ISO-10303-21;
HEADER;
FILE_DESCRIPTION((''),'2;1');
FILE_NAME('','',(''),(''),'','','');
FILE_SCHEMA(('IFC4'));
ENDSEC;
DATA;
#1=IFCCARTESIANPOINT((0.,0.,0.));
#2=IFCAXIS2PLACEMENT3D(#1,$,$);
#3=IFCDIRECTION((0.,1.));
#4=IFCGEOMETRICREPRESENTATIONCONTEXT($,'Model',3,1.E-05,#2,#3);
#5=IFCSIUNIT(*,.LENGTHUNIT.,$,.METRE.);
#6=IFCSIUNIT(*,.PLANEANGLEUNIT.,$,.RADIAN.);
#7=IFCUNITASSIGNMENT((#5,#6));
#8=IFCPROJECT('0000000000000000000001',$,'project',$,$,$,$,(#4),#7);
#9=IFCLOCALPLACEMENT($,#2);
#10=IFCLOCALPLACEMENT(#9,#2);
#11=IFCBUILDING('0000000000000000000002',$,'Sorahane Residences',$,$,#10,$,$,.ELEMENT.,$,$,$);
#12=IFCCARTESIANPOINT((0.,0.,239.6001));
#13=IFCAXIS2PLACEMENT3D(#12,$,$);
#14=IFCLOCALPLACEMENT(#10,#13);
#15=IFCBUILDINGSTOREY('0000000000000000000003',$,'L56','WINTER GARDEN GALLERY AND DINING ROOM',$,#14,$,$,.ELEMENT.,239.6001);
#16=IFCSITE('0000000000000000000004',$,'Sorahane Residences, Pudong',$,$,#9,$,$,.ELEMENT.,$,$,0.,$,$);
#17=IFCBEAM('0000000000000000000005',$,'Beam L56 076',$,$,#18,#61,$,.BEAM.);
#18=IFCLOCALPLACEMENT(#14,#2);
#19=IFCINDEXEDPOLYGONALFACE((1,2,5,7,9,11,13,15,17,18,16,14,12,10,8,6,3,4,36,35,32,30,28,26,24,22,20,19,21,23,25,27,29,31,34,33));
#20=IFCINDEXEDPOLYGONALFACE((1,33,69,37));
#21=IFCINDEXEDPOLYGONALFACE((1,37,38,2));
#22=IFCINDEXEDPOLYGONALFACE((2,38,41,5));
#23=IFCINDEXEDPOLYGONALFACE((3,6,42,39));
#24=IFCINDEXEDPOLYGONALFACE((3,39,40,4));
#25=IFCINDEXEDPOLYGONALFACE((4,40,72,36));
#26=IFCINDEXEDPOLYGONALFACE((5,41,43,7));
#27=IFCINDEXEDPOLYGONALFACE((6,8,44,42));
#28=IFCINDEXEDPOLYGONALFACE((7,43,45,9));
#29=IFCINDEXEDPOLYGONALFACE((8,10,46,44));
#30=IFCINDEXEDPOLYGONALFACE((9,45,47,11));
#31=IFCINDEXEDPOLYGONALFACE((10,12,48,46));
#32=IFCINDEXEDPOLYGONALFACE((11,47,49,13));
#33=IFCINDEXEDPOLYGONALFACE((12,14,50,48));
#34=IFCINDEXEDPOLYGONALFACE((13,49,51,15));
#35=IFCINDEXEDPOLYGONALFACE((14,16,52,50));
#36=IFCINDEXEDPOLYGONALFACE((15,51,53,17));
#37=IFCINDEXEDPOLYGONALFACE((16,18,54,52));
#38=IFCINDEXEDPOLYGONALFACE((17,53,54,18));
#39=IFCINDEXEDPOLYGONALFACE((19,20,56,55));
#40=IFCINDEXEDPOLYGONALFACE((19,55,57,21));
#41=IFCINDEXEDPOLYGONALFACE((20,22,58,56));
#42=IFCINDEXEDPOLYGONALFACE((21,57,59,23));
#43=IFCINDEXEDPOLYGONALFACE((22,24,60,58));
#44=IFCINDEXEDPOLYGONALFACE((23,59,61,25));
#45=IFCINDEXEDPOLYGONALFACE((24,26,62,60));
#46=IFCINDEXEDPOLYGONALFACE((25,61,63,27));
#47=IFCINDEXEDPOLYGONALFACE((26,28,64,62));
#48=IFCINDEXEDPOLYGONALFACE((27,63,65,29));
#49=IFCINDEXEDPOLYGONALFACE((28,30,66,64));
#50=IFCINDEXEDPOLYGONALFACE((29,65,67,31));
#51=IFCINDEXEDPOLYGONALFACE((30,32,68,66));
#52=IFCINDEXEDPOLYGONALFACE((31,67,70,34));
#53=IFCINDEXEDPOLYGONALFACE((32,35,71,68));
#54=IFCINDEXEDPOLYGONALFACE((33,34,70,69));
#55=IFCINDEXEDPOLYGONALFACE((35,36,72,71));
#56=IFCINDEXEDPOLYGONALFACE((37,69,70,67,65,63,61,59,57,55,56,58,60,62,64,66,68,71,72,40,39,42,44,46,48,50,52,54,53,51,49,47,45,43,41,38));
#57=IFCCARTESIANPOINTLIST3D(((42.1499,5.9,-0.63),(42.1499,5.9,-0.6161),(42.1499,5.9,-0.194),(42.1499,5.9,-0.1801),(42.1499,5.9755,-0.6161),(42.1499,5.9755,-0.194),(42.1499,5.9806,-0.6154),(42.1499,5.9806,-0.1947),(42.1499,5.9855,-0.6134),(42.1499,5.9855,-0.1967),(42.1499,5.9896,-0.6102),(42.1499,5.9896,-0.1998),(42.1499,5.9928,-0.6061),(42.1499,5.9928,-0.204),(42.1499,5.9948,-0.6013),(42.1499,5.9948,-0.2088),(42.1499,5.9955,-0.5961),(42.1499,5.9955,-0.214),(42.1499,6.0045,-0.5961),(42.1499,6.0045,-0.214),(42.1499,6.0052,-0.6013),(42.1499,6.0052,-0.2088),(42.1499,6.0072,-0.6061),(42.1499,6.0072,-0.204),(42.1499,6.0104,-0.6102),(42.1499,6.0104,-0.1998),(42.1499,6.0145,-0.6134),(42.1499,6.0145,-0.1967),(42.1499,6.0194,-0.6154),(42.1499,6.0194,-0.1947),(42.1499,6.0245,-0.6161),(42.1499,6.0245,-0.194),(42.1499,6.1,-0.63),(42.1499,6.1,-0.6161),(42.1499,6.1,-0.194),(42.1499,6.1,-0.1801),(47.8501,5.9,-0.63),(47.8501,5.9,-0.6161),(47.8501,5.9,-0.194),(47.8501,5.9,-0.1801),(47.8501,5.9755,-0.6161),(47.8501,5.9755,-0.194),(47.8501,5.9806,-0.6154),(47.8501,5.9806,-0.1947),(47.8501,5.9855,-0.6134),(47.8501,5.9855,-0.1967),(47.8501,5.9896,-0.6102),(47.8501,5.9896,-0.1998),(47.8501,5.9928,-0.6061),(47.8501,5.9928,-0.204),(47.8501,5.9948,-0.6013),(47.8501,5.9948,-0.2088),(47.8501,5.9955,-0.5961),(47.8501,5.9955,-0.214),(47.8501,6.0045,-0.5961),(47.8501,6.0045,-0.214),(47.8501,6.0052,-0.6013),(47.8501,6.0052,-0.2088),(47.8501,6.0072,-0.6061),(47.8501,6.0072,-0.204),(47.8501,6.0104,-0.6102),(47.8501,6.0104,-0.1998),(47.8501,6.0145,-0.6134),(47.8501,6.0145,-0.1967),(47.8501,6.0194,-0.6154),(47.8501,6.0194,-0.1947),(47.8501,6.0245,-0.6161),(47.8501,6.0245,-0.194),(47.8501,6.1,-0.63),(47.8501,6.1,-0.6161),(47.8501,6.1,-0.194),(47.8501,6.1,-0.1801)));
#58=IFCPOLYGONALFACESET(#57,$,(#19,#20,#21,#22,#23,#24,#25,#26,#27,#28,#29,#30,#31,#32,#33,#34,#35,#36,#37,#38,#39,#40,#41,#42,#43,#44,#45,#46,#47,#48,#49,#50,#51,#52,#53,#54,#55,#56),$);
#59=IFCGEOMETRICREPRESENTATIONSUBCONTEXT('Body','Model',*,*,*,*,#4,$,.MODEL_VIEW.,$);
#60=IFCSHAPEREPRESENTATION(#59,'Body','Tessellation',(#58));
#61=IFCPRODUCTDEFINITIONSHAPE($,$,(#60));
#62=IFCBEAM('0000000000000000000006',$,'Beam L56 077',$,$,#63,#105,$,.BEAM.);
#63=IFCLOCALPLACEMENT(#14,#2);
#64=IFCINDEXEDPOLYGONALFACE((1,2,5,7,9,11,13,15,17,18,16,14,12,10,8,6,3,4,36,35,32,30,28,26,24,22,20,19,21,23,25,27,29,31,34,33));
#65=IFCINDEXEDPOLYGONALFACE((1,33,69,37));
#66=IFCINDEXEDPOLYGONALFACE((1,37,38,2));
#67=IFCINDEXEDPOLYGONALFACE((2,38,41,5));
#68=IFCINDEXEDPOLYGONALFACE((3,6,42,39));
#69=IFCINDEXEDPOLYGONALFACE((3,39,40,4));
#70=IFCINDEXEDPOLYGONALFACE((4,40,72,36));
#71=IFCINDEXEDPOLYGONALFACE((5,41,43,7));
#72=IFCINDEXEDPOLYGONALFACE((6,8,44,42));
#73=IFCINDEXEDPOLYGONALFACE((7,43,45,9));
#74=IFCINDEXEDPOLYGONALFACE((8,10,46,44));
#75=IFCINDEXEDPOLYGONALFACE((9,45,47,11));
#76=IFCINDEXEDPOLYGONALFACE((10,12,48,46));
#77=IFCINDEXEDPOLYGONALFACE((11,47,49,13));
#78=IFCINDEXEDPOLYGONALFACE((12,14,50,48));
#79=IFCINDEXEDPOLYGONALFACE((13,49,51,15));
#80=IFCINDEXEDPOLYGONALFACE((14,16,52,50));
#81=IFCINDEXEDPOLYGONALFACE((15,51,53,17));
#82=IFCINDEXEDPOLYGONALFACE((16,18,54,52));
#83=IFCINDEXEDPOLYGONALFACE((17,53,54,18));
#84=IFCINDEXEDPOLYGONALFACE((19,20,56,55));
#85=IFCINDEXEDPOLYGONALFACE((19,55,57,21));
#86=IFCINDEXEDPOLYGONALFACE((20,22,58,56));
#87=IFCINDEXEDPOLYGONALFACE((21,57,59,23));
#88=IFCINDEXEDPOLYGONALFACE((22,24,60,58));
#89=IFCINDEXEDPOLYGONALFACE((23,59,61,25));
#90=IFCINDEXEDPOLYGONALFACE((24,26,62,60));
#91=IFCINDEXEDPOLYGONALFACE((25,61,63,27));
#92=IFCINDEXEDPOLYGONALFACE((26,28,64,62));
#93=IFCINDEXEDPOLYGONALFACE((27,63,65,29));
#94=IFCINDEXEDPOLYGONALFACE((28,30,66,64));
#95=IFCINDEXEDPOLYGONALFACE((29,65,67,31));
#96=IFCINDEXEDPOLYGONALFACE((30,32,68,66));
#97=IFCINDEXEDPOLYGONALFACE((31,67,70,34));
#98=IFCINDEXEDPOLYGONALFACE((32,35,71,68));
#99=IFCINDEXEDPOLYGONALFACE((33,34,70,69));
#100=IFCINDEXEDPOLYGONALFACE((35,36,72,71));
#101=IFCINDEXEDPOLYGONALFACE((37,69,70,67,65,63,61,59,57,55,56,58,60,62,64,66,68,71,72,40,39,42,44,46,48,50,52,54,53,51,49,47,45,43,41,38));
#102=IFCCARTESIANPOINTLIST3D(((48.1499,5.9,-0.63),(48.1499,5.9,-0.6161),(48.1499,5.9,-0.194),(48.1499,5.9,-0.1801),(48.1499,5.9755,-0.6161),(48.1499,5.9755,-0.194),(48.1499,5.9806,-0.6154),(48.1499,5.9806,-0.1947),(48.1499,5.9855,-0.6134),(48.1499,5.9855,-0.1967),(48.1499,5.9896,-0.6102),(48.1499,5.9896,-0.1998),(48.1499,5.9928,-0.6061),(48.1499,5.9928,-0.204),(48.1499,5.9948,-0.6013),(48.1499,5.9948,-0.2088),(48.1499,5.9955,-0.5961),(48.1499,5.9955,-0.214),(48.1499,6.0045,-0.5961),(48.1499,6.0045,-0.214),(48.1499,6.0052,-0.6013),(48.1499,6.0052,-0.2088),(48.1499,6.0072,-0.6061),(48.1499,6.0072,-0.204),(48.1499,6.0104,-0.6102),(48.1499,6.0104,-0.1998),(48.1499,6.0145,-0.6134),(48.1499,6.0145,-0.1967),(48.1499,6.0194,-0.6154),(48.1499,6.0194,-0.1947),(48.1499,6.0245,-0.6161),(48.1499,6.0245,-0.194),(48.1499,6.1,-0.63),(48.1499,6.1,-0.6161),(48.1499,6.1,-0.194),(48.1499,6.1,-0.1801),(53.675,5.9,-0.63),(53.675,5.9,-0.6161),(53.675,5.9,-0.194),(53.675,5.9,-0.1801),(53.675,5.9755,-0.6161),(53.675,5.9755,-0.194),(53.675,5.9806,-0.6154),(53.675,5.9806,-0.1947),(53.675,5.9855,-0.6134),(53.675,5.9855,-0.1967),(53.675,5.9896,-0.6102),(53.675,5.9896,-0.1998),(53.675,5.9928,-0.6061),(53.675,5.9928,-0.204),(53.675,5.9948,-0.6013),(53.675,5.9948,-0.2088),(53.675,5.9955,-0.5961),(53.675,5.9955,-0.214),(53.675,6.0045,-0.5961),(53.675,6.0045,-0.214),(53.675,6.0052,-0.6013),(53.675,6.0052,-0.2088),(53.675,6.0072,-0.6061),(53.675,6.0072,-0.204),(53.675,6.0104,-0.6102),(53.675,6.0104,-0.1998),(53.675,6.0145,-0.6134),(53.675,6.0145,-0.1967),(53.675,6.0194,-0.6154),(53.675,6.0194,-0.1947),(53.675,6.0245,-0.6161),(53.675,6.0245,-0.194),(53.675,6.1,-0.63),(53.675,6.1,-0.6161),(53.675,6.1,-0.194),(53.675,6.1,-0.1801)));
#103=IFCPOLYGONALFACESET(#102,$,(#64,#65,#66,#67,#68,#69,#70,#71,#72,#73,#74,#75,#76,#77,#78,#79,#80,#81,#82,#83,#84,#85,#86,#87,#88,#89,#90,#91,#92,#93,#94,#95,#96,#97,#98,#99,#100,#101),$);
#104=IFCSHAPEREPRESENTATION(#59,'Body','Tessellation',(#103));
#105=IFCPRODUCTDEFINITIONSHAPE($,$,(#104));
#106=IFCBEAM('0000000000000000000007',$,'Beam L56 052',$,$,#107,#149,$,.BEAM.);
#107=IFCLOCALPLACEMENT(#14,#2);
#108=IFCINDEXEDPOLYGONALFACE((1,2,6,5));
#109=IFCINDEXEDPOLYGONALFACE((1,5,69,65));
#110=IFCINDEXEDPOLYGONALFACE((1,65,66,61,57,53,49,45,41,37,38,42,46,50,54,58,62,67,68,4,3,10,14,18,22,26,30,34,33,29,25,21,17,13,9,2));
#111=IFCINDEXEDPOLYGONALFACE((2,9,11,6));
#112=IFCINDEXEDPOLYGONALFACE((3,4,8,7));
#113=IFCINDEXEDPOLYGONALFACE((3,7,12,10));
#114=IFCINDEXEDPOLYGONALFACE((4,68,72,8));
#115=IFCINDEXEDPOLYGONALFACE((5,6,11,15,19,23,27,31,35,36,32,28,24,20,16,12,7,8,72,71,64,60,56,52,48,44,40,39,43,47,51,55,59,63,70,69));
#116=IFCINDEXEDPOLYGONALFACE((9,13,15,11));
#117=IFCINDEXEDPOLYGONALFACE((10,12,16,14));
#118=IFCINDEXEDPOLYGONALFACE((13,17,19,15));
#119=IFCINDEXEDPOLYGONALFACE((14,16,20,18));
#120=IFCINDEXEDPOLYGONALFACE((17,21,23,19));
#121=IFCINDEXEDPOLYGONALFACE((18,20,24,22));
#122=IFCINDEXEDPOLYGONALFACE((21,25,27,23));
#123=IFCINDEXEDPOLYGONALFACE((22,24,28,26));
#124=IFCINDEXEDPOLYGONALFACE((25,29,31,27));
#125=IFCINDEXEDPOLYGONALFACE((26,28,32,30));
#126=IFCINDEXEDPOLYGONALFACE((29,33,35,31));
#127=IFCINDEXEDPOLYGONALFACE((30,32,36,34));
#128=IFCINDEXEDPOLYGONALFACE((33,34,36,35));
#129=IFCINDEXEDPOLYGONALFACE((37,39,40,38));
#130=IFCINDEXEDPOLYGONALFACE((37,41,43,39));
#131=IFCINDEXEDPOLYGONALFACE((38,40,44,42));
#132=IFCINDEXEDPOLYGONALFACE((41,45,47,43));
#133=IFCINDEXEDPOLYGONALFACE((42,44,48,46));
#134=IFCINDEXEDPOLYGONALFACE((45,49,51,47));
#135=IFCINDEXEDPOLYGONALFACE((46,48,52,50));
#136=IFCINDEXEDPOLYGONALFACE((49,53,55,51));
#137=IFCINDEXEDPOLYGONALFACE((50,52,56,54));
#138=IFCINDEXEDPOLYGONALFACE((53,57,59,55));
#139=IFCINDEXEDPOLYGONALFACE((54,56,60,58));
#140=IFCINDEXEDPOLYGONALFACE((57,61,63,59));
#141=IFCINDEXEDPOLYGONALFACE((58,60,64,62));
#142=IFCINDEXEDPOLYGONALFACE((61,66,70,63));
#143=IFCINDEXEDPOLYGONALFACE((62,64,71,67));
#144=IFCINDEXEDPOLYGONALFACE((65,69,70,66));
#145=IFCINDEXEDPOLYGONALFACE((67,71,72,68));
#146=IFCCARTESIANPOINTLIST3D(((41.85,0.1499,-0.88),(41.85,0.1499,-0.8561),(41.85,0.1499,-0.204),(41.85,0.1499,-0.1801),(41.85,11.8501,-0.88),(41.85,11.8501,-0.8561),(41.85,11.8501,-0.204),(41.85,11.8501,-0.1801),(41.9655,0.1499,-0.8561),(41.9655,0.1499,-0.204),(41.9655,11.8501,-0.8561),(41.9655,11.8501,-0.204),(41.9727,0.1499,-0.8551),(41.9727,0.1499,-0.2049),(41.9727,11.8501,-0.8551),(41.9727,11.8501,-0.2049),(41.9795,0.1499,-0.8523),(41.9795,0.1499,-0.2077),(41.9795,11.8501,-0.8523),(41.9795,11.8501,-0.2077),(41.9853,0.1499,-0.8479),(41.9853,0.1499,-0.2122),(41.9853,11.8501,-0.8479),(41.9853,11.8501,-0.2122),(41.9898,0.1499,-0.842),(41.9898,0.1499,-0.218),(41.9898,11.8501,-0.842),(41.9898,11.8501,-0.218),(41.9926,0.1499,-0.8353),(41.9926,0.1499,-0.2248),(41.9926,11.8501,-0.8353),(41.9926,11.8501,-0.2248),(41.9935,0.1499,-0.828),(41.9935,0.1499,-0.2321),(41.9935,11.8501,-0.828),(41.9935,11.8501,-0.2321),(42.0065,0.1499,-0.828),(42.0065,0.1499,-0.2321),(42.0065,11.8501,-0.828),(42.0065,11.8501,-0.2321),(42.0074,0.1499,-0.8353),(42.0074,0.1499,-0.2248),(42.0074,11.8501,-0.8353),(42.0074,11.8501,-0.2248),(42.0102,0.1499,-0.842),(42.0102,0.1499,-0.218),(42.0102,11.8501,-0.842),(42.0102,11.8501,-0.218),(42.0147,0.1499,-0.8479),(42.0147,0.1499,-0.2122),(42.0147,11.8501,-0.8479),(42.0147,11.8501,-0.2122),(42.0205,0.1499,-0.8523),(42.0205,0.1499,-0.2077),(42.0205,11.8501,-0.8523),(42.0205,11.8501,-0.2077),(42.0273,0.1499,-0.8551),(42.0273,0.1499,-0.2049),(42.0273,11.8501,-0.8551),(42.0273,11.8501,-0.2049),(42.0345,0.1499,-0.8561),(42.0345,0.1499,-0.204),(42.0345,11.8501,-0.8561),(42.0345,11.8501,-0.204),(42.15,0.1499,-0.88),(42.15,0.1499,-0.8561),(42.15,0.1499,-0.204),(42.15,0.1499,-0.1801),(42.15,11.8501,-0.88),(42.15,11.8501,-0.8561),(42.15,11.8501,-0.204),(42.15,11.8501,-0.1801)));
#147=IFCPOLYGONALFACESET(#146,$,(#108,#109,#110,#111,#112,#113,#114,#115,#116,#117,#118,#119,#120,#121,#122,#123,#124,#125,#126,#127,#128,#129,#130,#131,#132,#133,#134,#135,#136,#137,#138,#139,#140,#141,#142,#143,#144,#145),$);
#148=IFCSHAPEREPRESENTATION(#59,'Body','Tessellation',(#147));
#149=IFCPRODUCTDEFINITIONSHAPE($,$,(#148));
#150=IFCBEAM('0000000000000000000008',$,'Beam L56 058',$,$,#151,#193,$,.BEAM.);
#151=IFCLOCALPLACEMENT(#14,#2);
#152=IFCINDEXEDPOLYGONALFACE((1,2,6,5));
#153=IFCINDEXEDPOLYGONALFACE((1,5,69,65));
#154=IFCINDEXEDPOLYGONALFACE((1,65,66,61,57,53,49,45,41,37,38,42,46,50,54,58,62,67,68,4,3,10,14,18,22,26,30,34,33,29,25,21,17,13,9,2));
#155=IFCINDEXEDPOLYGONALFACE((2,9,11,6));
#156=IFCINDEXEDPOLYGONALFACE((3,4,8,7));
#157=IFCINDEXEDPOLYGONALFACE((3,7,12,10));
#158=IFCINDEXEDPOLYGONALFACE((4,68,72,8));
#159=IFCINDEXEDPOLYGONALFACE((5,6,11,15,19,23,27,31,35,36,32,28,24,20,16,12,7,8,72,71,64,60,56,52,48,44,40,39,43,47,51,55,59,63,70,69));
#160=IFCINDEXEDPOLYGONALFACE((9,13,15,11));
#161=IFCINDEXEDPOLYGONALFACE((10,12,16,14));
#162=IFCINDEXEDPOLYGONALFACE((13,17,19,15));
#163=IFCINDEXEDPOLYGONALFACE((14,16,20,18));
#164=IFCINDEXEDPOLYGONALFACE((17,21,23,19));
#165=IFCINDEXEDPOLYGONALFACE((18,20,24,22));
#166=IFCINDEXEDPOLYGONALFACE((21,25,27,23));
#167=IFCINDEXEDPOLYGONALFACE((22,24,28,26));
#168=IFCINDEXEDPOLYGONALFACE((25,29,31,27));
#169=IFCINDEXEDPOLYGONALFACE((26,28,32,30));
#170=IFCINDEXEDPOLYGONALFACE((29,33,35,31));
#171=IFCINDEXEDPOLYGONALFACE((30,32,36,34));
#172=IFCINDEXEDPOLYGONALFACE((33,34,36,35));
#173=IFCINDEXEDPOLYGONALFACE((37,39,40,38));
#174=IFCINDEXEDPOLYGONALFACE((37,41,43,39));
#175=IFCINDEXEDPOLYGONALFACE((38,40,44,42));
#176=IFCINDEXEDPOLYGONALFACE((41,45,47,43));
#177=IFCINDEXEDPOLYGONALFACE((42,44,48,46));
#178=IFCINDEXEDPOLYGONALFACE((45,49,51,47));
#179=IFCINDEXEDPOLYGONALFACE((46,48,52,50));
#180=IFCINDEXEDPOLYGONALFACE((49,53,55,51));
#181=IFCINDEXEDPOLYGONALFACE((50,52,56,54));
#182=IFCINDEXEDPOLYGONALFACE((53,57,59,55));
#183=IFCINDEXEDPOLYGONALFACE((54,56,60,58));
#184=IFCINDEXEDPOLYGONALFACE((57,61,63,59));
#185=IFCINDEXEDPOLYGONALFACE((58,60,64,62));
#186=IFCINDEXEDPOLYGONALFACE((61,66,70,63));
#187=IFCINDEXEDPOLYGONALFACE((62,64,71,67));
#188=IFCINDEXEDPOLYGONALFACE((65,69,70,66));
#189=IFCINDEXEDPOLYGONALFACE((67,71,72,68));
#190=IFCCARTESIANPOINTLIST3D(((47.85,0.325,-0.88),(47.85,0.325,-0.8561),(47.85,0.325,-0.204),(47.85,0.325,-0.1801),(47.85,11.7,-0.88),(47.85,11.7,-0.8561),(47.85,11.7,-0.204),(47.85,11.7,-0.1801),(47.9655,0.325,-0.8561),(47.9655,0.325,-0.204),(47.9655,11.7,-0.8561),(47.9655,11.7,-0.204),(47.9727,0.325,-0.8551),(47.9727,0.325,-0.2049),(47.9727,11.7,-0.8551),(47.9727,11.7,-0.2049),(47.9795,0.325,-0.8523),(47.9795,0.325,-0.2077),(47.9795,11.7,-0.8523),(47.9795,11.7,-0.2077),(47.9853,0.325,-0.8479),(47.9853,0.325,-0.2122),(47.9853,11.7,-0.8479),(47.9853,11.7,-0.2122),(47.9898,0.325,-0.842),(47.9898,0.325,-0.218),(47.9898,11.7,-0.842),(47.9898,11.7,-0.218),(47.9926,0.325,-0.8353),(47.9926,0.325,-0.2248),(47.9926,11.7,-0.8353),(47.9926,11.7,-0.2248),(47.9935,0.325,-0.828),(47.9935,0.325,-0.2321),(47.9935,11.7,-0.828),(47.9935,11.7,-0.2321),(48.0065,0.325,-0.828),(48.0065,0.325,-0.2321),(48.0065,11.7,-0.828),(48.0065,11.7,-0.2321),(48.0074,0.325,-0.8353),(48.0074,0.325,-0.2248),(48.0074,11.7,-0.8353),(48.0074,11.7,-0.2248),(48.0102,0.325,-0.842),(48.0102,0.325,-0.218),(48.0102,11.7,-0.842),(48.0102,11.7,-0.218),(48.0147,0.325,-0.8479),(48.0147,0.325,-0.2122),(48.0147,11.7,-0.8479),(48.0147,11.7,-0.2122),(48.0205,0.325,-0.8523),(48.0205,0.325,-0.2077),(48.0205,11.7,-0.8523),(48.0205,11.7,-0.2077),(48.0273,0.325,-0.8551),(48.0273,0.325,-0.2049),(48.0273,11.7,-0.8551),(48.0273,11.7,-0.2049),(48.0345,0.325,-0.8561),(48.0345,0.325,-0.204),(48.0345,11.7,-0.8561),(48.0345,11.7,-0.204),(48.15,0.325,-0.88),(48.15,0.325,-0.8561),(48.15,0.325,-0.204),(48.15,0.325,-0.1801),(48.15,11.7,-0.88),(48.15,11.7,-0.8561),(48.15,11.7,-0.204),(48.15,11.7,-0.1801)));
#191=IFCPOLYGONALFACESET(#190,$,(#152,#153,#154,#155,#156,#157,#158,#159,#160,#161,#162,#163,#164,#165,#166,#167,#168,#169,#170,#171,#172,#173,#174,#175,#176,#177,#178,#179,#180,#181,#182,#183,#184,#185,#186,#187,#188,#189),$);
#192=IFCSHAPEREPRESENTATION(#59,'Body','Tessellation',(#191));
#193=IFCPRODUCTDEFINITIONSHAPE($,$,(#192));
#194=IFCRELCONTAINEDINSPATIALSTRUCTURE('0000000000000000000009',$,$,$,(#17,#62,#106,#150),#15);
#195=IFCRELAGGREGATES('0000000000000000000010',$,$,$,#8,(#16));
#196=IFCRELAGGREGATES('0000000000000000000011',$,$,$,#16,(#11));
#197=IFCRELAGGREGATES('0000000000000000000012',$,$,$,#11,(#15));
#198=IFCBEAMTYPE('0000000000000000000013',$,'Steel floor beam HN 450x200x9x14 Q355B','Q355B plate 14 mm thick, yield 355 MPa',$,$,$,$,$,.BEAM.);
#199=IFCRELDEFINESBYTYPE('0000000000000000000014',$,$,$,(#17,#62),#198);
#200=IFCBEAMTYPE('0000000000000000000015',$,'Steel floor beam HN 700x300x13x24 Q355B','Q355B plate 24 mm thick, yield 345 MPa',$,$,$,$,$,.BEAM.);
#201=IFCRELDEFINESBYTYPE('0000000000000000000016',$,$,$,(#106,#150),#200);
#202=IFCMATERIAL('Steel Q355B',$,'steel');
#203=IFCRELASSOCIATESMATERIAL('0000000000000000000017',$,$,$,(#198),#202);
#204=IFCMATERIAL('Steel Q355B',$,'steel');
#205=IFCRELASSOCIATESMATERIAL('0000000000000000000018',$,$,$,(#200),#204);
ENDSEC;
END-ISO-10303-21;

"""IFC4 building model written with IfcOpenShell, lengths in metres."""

from ifc_helpers import new_model, si_unit, direction, frame, origin, origin_2d, place, context, subcontext, project, spatial, i_section, extrude, material, material_profile, profile_set, type_object, element, save


model = new_model("IFC4")

# Units and contexts
model_context = context("Model", 3, precision=1e-05, world=origin(), true_north=direction((0.0, 1.0)))
body_context = subcontext(model_context, "Body", "Model", "MODEL_VIEW")
ifc_project = project(units=[si_unit("LENGTHUNIT", "METRE"), si_unit("PLANEANGLEUNIT", "RADIAN")], contexts=[model_context])

# Site, building, storey
site_placement = place(None, origin())
site = spatial("IfcSite", under=ifc_project, at=site_placement, Name="Sorahane Residences, Pudong", CompositionType="ELEMENT", RefElevation=0.0)
building_placement = place(site_placement, origin())
building = spatial("IfcBuilding", under=site, at=building_placement, Name="Sorahane Residences", CompositionType="ELEMENT")
storey_placement = place(building_placement, frame((0.0, 0.0, 239.6001)))
storey = spatial("IfcBuildingStorey", under=building, at=storey_placement, Name="L56", Description="WINTER GARDEN GALLERY AND DINING ROOM", CompositionType="ELEMENT", Elevation=239.6001)

# Beams
ifc_material_1 = material(Name="Steel Q355B", Category="steel")
ifc_material_profile_1 = material_profile(ifc_material_1, i_section(OverallWidth=0.2, OverallDepth=0.45, WebThickness=0.009, FlangeThickness=0.0139, FilletRadius=0.02, at=origin_2d()), Name="HN 450x200x9x14")
ifc_profile_set_1 = profile_set([ifc_material_profile_1], Name="Steel Q355B")
beam_type_1 = type_object("IfcBeamType", Name="Steel floor beam HN 450x200x9x14 Q355B", Description="Q355B plate 14 mm thick, yield 355 MPa", PredefinedType="BEAM", material=ifc_profile_set_1)
beam_1_placement = place(storey_placement, frame((42.1499, 6.0, -0.405), z_axis=(1.0, 0.0, 0.0), x_axis=(0.0, 1.0, 0.0)))
element("IfcBeam", 1, at=beam_1_placement, inside=storey, type_object=beam_type_1, Name="Beam L56 076", PredefinedType="BEAM", context=body_context, shape_type="SweptSolid", body=[
    extrude(i_section(OverallWidth=0.2, OverallDepth=0.45, WebThickness=0.009, FlangeThickness=0.0139, FilletRadius=0.02, at=origin_2d()), origin(), (0.0, 0.0, 1.0), 5.7002),
])
beam_2_placement = place(storey_placement, frame((48.1499, 6.0, -0.405), z_axis=(1.0, 0.0, 0.0), x_axis=(0.0, 1.0, 0.0)))
element("IfcBeam", 2, at=beam_2_placement, inside=storey, type_object=beam_type_1, Name="Beam L56 077", PredefinedType="BEAM", context=body_context, shape_type="SweptSolid", body=[
    extrude(i_section(OverallWidth=0.2, OverallDepth=0.45, WebThickness=0.009, FlangeThickness=0.0139, FilletRadius=0.02, at=origin_2d()), origin(), (0.0, 0.0, 1.0), 5.5251),
])
ifc_material_2 = material(Name="Steel Q355B", Category="steel")
ifc_material_profile_2 = material_profile(ifc_material_2, i_section(OverallWidth=0.3, OverallDepth=0.7, WebThickness=0.0129, FlangeThickness=0.0239, FilletRadius=0.0281, at=origin_2d()), Name="HN 700x300x13x24")
ifc_profile_set_2 = profile_set([ifc_material_profile_2], Name="Steel Q355B")
beam_type_2 = type_object("IfcBeamType", Name="Steel floor beam HN 700x300x13x24 Q355B", Description="Q355B plate 24 mm thick, yield 345 MPa", PredefinedType="BEAM", material=ifc_profile_set_2)
beam_3_placement = place(storey_placement, frame((42.0, 0.1499, -0.53), z_axis=(0.0, 1.0, 0.0), x_axis=(-1.0, 0.0, 0.0)))
element("IfcBeam", 3, at=beam_3_placement, inside=storey, type_object=beam_type_2, Name="Beam L56 052", PredefinedType="BEAM", context=body_context, shape_type="SweptSolid", body=[
    extrude(i_section(OverallWidth=0.3, OverallDepth=0.7, WebThickness=0.0129, FlangeThickness=0.0239, FilletRadius=0.0281, at=origin_2d()), origin(), (0.0, 0.0, 1.0), 11.7002),
])
beam_4_placement = place(storey_placement, frame((48.0, 0.325, -0.53), z_axis=(0.0, 1.0, 0.0), x_axis=(-1.0, 0.0, 0.0)))
element("IfcBeam", 4, at=beam_4_placement, inside=storey, type_object=beam_type_2, Name="Beam L56 058", PredefinedType="BEAM", context=body_context, shape_type="SweptSolid", body=[
    extrude(i_section(OverallWidth=0.3, OverallDepth=0.7, WebThickness=0.0129, FlangeThickness=0.0239, FilletRadius=0.0281, at=origin_2d()), origin(), (0.0, 0.0, 1.0), 11.375),
])

save(model, "model.ifc")
